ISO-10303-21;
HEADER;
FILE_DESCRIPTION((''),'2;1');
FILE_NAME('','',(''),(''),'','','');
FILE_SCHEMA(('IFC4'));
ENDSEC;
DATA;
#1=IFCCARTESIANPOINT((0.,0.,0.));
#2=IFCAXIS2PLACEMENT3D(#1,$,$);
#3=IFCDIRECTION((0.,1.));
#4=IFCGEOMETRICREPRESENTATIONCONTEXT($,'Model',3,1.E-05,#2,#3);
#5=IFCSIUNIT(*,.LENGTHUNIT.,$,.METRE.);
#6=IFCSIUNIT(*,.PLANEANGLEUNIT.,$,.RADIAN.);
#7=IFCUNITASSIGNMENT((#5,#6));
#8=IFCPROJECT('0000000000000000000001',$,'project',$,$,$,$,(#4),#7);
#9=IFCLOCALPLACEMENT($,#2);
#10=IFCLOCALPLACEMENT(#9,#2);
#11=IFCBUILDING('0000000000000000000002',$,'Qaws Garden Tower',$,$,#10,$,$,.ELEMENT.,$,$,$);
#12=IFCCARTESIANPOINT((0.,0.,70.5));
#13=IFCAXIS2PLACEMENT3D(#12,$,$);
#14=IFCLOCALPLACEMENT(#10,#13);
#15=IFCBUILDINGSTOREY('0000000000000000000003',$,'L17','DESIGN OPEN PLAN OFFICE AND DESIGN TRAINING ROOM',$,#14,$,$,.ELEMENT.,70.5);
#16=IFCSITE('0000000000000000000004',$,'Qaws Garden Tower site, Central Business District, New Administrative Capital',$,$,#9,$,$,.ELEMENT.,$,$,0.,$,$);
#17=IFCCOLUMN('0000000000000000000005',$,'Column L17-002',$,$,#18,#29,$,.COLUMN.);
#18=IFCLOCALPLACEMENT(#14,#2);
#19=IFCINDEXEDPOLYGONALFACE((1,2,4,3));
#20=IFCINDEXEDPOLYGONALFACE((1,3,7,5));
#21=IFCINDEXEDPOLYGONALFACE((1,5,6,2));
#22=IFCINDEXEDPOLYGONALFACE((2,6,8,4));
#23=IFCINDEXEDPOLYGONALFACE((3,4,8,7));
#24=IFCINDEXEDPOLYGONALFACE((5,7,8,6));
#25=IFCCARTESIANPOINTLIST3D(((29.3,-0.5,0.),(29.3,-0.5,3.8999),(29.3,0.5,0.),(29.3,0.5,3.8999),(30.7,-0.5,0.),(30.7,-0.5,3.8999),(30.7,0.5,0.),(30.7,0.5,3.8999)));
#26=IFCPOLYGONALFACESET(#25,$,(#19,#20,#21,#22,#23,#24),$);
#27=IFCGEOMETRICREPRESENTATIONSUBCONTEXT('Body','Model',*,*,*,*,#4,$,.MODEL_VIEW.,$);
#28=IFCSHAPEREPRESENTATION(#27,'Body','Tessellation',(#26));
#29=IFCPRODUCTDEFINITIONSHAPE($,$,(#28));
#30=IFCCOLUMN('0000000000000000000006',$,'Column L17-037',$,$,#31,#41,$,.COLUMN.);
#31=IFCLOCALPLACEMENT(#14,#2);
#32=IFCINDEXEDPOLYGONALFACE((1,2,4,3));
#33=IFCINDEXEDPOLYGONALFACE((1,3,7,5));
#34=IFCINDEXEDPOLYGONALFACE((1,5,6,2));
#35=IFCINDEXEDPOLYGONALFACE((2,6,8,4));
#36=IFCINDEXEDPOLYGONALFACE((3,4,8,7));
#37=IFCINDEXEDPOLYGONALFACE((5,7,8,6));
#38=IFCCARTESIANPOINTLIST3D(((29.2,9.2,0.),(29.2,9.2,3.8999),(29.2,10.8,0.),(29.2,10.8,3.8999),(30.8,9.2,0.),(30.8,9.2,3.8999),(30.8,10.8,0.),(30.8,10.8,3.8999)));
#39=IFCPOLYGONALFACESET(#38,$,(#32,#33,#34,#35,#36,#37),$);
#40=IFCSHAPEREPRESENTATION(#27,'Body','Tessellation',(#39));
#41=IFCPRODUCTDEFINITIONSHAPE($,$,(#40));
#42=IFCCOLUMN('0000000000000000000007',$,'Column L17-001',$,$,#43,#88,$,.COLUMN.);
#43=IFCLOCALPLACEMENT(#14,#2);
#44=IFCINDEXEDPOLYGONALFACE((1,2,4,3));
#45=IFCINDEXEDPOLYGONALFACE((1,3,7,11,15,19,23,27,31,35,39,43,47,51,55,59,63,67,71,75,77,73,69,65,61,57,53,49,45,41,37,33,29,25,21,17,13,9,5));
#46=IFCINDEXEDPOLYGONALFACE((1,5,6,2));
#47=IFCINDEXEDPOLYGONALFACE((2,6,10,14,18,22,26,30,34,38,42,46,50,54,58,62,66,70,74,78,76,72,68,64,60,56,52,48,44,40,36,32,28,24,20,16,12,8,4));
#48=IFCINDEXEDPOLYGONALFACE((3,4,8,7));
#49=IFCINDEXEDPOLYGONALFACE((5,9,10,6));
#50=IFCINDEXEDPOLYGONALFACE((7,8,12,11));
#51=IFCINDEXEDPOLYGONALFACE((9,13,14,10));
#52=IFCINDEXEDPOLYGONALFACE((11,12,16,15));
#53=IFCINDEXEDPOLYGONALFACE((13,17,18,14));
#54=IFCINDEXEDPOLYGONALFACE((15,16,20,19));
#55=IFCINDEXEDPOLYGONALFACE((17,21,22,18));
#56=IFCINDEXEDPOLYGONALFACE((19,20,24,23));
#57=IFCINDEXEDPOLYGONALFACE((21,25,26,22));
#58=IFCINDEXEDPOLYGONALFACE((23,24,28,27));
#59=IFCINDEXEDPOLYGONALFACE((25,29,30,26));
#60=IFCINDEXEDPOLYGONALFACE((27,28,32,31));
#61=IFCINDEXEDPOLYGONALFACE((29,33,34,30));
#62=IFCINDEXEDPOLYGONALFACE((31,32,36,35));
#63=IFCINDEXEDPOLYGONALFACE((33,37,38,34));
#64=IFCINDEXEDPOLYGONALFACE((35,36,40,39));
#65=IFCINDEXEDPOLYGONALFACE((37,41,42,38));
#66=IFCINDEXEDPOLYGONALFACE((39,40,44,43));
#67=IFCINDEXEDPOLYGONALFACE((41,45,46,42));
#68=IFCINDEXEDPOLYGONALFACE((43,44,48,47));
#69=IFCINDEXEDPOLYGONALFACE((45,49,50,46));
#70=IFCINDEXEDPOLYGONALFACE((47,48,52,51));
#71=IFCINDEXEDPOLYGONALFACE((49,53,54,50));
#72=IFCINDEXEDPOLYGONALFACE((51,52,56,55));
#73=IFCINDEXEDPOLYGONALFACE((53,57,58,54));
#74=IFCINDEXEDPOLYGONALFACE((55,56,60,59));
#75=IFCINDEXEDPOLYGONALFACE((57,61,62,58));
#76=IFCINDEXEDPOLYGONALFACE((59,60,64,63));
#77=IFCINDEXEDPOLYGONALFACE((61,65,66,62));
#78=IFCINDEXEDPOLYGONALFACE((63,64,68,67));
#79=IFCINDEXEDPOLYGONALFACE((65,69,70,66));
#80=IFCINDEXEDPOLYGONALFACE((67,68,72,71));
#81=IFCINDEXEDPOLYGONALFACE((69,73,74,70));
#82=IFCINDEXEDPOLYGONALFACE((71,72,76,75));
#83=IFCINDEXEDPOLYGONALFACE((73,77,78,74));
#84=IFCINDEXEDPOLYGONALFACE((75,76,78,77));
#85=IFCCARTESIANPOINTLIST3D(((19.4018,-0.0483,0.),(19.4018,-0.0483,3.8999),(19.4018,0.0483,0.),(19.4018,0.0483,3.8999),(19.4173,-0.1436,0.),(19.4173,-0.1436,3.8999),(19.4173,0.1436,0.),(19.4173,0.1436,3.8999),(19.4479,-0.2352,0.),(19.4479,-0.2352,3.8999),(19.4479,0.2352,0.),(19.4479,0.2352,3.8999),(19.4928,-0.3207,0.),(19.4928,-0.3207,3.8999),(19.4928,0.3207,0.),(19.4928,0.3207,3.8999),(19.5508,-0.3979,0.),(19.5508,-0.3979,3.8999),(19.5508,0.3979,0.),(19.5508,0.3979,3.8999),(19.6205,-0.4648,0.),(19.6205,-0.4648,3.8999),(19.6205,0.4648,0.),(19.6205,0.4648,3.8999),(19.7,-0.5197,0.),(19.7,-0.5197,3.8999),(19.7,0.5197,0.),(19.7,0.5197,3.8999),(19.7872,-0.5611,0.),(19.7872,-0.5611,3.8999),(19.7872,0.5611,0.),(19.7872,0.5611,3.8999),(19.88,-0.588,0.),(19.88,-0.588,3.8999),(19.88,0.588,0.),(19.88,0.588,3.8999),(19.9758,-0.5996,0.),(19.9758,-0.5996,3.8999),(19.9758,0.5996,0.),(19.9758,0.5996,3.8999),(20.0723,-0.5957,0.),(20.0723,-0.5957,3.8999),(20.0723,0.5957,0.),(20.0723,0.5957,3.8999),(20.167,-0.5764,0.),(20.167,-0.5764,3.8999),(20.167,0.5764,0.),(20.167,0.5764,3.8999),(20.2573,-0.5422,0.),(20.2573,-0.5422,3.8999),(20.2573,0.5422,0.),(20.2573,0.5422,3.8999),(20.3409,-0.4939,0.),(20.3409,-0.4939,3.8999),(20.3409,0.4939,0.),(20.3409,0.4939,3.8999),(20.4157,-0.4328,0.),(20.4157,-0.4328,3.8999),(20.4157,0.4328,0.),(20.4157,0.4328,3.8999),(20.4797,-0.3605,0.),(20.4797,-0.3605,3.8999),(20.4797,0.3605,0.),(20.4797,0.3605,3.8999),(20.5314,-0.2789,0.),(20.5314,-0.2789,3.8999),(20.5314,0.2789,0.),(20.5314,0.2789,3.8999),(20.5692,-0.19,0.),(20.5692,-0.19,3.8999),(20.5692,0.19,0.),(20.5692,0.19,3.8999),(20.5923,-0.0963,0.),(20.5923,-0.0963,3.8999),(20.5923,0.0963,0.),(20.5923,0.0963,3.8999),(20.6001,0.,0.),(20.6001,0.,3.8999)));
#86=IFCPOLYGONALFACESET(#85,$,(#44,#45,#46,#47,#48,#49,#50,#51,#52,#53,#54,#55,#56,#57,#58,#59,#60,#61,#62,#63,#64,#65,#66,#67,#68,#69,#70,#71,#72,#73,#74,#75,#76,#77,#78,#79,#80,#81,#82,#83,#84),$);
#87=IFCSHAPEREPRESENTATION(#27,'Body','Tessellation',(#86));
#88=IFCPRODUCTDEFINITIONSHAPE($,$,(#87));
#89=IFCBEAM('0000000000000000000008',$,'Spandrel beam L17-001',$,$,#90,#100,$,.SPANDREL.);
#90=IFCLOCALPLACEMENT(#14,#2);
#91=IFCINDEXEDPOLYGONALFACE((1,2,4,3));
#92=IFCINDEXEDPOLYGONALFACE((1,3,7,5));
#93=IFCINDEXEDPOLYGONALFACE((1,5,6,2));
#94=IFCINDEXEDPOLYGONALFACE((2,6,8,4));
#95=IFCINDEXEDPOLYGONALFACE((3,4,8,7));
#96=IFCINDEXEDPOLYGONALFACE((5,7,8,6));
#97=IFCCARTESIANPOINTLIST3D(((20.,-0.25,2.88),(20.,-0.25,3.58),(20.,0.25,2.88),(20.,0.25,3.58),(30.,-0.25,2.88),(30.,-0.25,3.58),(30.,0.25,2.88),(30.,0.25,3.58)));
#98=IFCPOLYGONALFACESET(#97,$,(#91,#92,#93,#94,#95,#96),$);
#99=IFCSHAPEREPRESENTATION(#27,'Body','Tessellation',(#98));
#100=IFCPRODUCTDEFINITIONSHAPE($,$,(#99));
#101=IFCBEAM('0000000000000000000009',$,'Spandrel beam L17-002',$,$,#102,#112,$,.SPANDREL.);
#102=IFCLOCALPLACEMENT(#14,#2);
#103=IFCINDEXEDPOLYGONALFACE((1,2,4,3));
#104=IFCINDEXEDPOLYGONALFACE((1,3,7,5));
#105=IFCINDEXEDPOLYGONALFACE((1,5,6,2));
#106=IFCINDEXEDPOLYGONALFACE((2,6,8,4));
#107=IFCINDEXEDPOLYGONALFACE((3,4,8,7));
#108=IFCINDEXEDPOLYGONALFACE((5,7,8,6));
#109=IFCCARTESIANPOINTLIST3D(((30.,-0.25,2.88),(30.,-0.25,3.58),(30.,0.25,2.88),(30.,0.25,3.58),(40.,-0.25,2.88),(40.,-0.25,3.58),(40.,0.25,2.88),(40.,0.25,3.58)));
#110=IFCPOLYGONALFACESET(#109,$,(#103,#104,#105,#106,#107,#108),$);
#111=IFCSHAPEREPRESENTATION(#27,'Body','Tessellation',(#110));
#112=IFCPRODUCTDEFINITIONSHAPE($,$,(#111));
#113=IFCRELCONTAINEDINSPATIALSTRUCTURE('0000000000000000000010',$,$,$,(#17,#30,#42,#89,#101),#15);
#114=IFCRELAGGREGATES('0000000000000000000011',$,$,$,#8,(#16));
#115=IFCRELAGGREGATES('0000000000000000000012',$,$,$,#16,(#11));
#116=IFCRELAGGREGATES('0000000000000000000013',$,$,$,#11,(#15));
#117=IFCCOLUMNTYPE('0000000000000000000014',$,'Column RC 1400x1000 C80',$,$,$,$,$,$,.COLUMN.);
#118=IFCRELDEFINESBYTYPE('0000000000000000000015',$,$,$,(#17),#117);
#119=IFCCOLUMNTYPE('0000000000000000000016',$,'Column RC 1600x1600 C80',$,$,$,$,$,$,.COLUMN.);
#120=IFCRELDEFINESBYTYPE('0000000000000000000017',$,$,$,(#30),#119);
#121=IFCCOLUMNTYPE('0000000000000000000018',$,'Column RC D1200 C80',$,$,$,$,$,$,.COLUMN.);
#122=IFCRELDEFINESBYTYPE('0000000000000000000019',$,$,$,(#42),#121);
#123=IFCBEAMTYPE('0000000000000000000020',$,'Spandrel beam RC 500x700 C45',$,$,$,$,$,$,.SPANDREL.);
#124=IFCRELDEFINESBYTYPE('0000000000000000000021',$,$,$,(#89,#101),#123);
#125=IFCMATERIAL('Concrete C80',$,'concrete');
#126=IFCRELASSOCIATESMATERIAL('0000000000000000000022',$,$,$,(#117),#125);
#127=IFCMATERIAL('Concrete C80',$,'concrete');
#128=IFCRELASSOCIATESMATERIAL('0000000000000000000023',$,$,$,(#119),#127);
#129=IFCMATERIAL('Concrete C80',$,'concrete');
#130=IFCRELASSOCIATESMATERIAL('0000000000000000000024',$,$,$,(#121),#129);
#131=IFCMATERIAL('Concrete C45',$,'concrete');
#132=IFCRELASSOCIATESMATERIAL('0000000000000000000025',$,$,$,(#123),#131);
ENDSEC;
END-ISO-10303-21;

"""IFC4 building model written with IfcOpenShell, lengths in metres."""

from ifc_helpers import new_model, si_unit, direction, frame, origin, origin_2d, place, context, subcontext, project, spatial, rectangle, circle, extrude, material, material_profile, profile_set, type_object, element, save


model = new_model("IFC4")

# Units and contexts
model_context = context("Model", 3, precision=1e-05, world=origin(), true_north=direction((0.0, 1.0)))
body_context = subcontext(model_context, "Body", "Model", "MODEL_VIEW")
ifc_project = project(units=[si_unit("LENGTHUNIT", "METRE"), si_unit("PLANEANGLEUNIT", "RADIAN")], contexts=[model_context])

# Site, building, storey
site_placement = place(None, origin())
site = spatial("IfcSite", under=ifc_project, at=site_placement, Name="Qaws Garden Tower site, Central Business District, New Administrative Capital", CompositionType="ELEMENT", RefElevation=0.0)
building_placement = place(site_placement, origin())
building = spatial("IfcBuilding", under=site, at=building_placement, Name="Qaws Garden Tower", CompositionType="ELEMENT")
storey_placement = place(building_placement, frame((0.0, 0.0, 70.5)))
storey = spatial("IfcBuildingStorey", under=building, at=storey_placement, Name="L17", Description="DESIGN OPEN PLAN OFFICE AND DESIGN TRAINING ROOM", CompositionType="ELEMENT", Elevation=70.5)

# Columns
ifc_material_1 = material(Name="Concrete C80", Category="concrete")
ifc_material_profile_1 = material_profile(ifc_material_1, rectangle(XDim=1.3999, YDim=1.0, at=origin_2d()), Name="RC 1400x1000")
ifc_profile_set_1 = profile_set([ifc_material_profile_1], Name="Concrete C80")
column_type_1 = type_object("IfcColumnType", Name="Column RC 1400x1000 C80", PredefinedType="COLUMN", material=ifc_profile_set_1)
column_1_placement = place(storey_placement, frame((30.0, 0.0, 0.0), z_axis=(0.0, 0.0, 1.0), x_axis=(1.0, 0.0, 0.0)))
element("IfcColumn", 1, at=column_1_placement, inside=storey, type_object=column_type_1, Name="Column L17-002", PredefinedType="COLUMN", context=body_context, shape_type="SweptSolid", body=[
    extrude(rectangle(XDim=1.3999, YDim=1.0, at=origin_2d()), origin(), (0.0, 0.0, 1.0), 3.8999),
])
ifc_material_2 = material(Name="Concrete C80", Category="concrete")
ifc_material_profile_2 = material_profile(ifc_material_2, rectangle(XDim=1.6001, YDim=1.6001, at=origin_2d()), Name="RC 1600x1600")
ifc_profile_set_2 = profile_set([ifc_material_profile_2], Name="Concrete C80")
column_type_2 = type_object("IfcColumnType", Name="Column RC 1600x1600 C80", PredefinedType="COLUMN", material=ifc_profile_set_2)
column_2_placement = place(storey_placement, frame((30.0, 10.0, 0.0), z_axis=(0.0, 0.0, 1.0), x_axis=(1.0, 0.0, 0.0)))
element("IfcColumn", 2, at=column_2_placement, inside=storey, type_object=column_type_2, Name="Column L17-037", PredefinedType="COLUMN", context=body_context, shape_type="SweptSolid", body=[
    extrude(rectangle(XDim=1.6001, YDim=1.6001, at=origin_2d()), origin(), (0.0, 0.0, 1.0), 3.8999),
])
ifc_material_3 = material(Name="Concrete C80", Category="concrete")
ifc_material_profile_3 = material_profile(ifc_material_3, circle(Radius=0.6001, at=origin_2d()), Name="RC D1200")
ifc_profile_set_3 = profile_set([ifc_material_profile_3], Name="Concrete C80")
column_type_3 = type_object("IfcColumnType", Name="Column RC D1200 C80", PredefinedType="COLUMN", material=ifc_profile_set_3)
column_3_placement = place(storey_placement, frame((20.0, 0.0, 0.0), z_axis=(0.0, 0.0, 1.0), x_axis=(1.0, 0.0, 0.0)))
element("IfcColumn", 3, at=column_3_placement, inside=storey, type_object=column_type_3, Name="Column L17-001", PredefinedType="COLUMN", context=body_context, shape_type="SweptSolid", body=[
    extrude(circle(Radius=0.6001, at=origin_2d()), origin(), (0.0, 0.0, 1.0), 3.8999),
])

# Beams
ifc_material_4 = material(Name="Concrete C45", Category="concrete")
ifc_material_profile_4 = material_profile(ifc_material_4, rectangle(XDim=0.5, YDim=0.7, at=origin_2d()), Name="RC 500x700")
ifc_profile_set_4 = profile_set([ifc_material_profile_4], Name="Concrete C45")
beam_type = type_object("IfcBeamType", Name="Spandrel beam RC 500x700 C45", PredefinedType="SPANDREL", material=ifc_profile_set_4)
for number, where, z_axis, x_axis, name in (
    (4, (20.0, 0.0, 3.23), (1.0, 0.0, 0.0), (0.0, 1.0, 0.0), "Spandrel beam L17-001"),
    (5, (30.0, 0.0, 3.23), (1.0, 0.0, 0.0), (0.0, 1.0, 0.0), "Spandrel beam L17-002"),
):
    element("IfcBeam", number, at=place(storey_placement, frame(where, z_axis=z_axis, x_axis=x_axis)), inside=storey, type_object=beam_type, Name=name, PredefinedType="SPANDREL", context=body_context, shape_type="SweptSolid", body=[
        extrude(rectangle(XDim=0.5, YDim=0.7, at=origin_2d()), origin(), (0.0, 0.0, 1.0), 10.0),
    ])

save(model, "model.ifc")
